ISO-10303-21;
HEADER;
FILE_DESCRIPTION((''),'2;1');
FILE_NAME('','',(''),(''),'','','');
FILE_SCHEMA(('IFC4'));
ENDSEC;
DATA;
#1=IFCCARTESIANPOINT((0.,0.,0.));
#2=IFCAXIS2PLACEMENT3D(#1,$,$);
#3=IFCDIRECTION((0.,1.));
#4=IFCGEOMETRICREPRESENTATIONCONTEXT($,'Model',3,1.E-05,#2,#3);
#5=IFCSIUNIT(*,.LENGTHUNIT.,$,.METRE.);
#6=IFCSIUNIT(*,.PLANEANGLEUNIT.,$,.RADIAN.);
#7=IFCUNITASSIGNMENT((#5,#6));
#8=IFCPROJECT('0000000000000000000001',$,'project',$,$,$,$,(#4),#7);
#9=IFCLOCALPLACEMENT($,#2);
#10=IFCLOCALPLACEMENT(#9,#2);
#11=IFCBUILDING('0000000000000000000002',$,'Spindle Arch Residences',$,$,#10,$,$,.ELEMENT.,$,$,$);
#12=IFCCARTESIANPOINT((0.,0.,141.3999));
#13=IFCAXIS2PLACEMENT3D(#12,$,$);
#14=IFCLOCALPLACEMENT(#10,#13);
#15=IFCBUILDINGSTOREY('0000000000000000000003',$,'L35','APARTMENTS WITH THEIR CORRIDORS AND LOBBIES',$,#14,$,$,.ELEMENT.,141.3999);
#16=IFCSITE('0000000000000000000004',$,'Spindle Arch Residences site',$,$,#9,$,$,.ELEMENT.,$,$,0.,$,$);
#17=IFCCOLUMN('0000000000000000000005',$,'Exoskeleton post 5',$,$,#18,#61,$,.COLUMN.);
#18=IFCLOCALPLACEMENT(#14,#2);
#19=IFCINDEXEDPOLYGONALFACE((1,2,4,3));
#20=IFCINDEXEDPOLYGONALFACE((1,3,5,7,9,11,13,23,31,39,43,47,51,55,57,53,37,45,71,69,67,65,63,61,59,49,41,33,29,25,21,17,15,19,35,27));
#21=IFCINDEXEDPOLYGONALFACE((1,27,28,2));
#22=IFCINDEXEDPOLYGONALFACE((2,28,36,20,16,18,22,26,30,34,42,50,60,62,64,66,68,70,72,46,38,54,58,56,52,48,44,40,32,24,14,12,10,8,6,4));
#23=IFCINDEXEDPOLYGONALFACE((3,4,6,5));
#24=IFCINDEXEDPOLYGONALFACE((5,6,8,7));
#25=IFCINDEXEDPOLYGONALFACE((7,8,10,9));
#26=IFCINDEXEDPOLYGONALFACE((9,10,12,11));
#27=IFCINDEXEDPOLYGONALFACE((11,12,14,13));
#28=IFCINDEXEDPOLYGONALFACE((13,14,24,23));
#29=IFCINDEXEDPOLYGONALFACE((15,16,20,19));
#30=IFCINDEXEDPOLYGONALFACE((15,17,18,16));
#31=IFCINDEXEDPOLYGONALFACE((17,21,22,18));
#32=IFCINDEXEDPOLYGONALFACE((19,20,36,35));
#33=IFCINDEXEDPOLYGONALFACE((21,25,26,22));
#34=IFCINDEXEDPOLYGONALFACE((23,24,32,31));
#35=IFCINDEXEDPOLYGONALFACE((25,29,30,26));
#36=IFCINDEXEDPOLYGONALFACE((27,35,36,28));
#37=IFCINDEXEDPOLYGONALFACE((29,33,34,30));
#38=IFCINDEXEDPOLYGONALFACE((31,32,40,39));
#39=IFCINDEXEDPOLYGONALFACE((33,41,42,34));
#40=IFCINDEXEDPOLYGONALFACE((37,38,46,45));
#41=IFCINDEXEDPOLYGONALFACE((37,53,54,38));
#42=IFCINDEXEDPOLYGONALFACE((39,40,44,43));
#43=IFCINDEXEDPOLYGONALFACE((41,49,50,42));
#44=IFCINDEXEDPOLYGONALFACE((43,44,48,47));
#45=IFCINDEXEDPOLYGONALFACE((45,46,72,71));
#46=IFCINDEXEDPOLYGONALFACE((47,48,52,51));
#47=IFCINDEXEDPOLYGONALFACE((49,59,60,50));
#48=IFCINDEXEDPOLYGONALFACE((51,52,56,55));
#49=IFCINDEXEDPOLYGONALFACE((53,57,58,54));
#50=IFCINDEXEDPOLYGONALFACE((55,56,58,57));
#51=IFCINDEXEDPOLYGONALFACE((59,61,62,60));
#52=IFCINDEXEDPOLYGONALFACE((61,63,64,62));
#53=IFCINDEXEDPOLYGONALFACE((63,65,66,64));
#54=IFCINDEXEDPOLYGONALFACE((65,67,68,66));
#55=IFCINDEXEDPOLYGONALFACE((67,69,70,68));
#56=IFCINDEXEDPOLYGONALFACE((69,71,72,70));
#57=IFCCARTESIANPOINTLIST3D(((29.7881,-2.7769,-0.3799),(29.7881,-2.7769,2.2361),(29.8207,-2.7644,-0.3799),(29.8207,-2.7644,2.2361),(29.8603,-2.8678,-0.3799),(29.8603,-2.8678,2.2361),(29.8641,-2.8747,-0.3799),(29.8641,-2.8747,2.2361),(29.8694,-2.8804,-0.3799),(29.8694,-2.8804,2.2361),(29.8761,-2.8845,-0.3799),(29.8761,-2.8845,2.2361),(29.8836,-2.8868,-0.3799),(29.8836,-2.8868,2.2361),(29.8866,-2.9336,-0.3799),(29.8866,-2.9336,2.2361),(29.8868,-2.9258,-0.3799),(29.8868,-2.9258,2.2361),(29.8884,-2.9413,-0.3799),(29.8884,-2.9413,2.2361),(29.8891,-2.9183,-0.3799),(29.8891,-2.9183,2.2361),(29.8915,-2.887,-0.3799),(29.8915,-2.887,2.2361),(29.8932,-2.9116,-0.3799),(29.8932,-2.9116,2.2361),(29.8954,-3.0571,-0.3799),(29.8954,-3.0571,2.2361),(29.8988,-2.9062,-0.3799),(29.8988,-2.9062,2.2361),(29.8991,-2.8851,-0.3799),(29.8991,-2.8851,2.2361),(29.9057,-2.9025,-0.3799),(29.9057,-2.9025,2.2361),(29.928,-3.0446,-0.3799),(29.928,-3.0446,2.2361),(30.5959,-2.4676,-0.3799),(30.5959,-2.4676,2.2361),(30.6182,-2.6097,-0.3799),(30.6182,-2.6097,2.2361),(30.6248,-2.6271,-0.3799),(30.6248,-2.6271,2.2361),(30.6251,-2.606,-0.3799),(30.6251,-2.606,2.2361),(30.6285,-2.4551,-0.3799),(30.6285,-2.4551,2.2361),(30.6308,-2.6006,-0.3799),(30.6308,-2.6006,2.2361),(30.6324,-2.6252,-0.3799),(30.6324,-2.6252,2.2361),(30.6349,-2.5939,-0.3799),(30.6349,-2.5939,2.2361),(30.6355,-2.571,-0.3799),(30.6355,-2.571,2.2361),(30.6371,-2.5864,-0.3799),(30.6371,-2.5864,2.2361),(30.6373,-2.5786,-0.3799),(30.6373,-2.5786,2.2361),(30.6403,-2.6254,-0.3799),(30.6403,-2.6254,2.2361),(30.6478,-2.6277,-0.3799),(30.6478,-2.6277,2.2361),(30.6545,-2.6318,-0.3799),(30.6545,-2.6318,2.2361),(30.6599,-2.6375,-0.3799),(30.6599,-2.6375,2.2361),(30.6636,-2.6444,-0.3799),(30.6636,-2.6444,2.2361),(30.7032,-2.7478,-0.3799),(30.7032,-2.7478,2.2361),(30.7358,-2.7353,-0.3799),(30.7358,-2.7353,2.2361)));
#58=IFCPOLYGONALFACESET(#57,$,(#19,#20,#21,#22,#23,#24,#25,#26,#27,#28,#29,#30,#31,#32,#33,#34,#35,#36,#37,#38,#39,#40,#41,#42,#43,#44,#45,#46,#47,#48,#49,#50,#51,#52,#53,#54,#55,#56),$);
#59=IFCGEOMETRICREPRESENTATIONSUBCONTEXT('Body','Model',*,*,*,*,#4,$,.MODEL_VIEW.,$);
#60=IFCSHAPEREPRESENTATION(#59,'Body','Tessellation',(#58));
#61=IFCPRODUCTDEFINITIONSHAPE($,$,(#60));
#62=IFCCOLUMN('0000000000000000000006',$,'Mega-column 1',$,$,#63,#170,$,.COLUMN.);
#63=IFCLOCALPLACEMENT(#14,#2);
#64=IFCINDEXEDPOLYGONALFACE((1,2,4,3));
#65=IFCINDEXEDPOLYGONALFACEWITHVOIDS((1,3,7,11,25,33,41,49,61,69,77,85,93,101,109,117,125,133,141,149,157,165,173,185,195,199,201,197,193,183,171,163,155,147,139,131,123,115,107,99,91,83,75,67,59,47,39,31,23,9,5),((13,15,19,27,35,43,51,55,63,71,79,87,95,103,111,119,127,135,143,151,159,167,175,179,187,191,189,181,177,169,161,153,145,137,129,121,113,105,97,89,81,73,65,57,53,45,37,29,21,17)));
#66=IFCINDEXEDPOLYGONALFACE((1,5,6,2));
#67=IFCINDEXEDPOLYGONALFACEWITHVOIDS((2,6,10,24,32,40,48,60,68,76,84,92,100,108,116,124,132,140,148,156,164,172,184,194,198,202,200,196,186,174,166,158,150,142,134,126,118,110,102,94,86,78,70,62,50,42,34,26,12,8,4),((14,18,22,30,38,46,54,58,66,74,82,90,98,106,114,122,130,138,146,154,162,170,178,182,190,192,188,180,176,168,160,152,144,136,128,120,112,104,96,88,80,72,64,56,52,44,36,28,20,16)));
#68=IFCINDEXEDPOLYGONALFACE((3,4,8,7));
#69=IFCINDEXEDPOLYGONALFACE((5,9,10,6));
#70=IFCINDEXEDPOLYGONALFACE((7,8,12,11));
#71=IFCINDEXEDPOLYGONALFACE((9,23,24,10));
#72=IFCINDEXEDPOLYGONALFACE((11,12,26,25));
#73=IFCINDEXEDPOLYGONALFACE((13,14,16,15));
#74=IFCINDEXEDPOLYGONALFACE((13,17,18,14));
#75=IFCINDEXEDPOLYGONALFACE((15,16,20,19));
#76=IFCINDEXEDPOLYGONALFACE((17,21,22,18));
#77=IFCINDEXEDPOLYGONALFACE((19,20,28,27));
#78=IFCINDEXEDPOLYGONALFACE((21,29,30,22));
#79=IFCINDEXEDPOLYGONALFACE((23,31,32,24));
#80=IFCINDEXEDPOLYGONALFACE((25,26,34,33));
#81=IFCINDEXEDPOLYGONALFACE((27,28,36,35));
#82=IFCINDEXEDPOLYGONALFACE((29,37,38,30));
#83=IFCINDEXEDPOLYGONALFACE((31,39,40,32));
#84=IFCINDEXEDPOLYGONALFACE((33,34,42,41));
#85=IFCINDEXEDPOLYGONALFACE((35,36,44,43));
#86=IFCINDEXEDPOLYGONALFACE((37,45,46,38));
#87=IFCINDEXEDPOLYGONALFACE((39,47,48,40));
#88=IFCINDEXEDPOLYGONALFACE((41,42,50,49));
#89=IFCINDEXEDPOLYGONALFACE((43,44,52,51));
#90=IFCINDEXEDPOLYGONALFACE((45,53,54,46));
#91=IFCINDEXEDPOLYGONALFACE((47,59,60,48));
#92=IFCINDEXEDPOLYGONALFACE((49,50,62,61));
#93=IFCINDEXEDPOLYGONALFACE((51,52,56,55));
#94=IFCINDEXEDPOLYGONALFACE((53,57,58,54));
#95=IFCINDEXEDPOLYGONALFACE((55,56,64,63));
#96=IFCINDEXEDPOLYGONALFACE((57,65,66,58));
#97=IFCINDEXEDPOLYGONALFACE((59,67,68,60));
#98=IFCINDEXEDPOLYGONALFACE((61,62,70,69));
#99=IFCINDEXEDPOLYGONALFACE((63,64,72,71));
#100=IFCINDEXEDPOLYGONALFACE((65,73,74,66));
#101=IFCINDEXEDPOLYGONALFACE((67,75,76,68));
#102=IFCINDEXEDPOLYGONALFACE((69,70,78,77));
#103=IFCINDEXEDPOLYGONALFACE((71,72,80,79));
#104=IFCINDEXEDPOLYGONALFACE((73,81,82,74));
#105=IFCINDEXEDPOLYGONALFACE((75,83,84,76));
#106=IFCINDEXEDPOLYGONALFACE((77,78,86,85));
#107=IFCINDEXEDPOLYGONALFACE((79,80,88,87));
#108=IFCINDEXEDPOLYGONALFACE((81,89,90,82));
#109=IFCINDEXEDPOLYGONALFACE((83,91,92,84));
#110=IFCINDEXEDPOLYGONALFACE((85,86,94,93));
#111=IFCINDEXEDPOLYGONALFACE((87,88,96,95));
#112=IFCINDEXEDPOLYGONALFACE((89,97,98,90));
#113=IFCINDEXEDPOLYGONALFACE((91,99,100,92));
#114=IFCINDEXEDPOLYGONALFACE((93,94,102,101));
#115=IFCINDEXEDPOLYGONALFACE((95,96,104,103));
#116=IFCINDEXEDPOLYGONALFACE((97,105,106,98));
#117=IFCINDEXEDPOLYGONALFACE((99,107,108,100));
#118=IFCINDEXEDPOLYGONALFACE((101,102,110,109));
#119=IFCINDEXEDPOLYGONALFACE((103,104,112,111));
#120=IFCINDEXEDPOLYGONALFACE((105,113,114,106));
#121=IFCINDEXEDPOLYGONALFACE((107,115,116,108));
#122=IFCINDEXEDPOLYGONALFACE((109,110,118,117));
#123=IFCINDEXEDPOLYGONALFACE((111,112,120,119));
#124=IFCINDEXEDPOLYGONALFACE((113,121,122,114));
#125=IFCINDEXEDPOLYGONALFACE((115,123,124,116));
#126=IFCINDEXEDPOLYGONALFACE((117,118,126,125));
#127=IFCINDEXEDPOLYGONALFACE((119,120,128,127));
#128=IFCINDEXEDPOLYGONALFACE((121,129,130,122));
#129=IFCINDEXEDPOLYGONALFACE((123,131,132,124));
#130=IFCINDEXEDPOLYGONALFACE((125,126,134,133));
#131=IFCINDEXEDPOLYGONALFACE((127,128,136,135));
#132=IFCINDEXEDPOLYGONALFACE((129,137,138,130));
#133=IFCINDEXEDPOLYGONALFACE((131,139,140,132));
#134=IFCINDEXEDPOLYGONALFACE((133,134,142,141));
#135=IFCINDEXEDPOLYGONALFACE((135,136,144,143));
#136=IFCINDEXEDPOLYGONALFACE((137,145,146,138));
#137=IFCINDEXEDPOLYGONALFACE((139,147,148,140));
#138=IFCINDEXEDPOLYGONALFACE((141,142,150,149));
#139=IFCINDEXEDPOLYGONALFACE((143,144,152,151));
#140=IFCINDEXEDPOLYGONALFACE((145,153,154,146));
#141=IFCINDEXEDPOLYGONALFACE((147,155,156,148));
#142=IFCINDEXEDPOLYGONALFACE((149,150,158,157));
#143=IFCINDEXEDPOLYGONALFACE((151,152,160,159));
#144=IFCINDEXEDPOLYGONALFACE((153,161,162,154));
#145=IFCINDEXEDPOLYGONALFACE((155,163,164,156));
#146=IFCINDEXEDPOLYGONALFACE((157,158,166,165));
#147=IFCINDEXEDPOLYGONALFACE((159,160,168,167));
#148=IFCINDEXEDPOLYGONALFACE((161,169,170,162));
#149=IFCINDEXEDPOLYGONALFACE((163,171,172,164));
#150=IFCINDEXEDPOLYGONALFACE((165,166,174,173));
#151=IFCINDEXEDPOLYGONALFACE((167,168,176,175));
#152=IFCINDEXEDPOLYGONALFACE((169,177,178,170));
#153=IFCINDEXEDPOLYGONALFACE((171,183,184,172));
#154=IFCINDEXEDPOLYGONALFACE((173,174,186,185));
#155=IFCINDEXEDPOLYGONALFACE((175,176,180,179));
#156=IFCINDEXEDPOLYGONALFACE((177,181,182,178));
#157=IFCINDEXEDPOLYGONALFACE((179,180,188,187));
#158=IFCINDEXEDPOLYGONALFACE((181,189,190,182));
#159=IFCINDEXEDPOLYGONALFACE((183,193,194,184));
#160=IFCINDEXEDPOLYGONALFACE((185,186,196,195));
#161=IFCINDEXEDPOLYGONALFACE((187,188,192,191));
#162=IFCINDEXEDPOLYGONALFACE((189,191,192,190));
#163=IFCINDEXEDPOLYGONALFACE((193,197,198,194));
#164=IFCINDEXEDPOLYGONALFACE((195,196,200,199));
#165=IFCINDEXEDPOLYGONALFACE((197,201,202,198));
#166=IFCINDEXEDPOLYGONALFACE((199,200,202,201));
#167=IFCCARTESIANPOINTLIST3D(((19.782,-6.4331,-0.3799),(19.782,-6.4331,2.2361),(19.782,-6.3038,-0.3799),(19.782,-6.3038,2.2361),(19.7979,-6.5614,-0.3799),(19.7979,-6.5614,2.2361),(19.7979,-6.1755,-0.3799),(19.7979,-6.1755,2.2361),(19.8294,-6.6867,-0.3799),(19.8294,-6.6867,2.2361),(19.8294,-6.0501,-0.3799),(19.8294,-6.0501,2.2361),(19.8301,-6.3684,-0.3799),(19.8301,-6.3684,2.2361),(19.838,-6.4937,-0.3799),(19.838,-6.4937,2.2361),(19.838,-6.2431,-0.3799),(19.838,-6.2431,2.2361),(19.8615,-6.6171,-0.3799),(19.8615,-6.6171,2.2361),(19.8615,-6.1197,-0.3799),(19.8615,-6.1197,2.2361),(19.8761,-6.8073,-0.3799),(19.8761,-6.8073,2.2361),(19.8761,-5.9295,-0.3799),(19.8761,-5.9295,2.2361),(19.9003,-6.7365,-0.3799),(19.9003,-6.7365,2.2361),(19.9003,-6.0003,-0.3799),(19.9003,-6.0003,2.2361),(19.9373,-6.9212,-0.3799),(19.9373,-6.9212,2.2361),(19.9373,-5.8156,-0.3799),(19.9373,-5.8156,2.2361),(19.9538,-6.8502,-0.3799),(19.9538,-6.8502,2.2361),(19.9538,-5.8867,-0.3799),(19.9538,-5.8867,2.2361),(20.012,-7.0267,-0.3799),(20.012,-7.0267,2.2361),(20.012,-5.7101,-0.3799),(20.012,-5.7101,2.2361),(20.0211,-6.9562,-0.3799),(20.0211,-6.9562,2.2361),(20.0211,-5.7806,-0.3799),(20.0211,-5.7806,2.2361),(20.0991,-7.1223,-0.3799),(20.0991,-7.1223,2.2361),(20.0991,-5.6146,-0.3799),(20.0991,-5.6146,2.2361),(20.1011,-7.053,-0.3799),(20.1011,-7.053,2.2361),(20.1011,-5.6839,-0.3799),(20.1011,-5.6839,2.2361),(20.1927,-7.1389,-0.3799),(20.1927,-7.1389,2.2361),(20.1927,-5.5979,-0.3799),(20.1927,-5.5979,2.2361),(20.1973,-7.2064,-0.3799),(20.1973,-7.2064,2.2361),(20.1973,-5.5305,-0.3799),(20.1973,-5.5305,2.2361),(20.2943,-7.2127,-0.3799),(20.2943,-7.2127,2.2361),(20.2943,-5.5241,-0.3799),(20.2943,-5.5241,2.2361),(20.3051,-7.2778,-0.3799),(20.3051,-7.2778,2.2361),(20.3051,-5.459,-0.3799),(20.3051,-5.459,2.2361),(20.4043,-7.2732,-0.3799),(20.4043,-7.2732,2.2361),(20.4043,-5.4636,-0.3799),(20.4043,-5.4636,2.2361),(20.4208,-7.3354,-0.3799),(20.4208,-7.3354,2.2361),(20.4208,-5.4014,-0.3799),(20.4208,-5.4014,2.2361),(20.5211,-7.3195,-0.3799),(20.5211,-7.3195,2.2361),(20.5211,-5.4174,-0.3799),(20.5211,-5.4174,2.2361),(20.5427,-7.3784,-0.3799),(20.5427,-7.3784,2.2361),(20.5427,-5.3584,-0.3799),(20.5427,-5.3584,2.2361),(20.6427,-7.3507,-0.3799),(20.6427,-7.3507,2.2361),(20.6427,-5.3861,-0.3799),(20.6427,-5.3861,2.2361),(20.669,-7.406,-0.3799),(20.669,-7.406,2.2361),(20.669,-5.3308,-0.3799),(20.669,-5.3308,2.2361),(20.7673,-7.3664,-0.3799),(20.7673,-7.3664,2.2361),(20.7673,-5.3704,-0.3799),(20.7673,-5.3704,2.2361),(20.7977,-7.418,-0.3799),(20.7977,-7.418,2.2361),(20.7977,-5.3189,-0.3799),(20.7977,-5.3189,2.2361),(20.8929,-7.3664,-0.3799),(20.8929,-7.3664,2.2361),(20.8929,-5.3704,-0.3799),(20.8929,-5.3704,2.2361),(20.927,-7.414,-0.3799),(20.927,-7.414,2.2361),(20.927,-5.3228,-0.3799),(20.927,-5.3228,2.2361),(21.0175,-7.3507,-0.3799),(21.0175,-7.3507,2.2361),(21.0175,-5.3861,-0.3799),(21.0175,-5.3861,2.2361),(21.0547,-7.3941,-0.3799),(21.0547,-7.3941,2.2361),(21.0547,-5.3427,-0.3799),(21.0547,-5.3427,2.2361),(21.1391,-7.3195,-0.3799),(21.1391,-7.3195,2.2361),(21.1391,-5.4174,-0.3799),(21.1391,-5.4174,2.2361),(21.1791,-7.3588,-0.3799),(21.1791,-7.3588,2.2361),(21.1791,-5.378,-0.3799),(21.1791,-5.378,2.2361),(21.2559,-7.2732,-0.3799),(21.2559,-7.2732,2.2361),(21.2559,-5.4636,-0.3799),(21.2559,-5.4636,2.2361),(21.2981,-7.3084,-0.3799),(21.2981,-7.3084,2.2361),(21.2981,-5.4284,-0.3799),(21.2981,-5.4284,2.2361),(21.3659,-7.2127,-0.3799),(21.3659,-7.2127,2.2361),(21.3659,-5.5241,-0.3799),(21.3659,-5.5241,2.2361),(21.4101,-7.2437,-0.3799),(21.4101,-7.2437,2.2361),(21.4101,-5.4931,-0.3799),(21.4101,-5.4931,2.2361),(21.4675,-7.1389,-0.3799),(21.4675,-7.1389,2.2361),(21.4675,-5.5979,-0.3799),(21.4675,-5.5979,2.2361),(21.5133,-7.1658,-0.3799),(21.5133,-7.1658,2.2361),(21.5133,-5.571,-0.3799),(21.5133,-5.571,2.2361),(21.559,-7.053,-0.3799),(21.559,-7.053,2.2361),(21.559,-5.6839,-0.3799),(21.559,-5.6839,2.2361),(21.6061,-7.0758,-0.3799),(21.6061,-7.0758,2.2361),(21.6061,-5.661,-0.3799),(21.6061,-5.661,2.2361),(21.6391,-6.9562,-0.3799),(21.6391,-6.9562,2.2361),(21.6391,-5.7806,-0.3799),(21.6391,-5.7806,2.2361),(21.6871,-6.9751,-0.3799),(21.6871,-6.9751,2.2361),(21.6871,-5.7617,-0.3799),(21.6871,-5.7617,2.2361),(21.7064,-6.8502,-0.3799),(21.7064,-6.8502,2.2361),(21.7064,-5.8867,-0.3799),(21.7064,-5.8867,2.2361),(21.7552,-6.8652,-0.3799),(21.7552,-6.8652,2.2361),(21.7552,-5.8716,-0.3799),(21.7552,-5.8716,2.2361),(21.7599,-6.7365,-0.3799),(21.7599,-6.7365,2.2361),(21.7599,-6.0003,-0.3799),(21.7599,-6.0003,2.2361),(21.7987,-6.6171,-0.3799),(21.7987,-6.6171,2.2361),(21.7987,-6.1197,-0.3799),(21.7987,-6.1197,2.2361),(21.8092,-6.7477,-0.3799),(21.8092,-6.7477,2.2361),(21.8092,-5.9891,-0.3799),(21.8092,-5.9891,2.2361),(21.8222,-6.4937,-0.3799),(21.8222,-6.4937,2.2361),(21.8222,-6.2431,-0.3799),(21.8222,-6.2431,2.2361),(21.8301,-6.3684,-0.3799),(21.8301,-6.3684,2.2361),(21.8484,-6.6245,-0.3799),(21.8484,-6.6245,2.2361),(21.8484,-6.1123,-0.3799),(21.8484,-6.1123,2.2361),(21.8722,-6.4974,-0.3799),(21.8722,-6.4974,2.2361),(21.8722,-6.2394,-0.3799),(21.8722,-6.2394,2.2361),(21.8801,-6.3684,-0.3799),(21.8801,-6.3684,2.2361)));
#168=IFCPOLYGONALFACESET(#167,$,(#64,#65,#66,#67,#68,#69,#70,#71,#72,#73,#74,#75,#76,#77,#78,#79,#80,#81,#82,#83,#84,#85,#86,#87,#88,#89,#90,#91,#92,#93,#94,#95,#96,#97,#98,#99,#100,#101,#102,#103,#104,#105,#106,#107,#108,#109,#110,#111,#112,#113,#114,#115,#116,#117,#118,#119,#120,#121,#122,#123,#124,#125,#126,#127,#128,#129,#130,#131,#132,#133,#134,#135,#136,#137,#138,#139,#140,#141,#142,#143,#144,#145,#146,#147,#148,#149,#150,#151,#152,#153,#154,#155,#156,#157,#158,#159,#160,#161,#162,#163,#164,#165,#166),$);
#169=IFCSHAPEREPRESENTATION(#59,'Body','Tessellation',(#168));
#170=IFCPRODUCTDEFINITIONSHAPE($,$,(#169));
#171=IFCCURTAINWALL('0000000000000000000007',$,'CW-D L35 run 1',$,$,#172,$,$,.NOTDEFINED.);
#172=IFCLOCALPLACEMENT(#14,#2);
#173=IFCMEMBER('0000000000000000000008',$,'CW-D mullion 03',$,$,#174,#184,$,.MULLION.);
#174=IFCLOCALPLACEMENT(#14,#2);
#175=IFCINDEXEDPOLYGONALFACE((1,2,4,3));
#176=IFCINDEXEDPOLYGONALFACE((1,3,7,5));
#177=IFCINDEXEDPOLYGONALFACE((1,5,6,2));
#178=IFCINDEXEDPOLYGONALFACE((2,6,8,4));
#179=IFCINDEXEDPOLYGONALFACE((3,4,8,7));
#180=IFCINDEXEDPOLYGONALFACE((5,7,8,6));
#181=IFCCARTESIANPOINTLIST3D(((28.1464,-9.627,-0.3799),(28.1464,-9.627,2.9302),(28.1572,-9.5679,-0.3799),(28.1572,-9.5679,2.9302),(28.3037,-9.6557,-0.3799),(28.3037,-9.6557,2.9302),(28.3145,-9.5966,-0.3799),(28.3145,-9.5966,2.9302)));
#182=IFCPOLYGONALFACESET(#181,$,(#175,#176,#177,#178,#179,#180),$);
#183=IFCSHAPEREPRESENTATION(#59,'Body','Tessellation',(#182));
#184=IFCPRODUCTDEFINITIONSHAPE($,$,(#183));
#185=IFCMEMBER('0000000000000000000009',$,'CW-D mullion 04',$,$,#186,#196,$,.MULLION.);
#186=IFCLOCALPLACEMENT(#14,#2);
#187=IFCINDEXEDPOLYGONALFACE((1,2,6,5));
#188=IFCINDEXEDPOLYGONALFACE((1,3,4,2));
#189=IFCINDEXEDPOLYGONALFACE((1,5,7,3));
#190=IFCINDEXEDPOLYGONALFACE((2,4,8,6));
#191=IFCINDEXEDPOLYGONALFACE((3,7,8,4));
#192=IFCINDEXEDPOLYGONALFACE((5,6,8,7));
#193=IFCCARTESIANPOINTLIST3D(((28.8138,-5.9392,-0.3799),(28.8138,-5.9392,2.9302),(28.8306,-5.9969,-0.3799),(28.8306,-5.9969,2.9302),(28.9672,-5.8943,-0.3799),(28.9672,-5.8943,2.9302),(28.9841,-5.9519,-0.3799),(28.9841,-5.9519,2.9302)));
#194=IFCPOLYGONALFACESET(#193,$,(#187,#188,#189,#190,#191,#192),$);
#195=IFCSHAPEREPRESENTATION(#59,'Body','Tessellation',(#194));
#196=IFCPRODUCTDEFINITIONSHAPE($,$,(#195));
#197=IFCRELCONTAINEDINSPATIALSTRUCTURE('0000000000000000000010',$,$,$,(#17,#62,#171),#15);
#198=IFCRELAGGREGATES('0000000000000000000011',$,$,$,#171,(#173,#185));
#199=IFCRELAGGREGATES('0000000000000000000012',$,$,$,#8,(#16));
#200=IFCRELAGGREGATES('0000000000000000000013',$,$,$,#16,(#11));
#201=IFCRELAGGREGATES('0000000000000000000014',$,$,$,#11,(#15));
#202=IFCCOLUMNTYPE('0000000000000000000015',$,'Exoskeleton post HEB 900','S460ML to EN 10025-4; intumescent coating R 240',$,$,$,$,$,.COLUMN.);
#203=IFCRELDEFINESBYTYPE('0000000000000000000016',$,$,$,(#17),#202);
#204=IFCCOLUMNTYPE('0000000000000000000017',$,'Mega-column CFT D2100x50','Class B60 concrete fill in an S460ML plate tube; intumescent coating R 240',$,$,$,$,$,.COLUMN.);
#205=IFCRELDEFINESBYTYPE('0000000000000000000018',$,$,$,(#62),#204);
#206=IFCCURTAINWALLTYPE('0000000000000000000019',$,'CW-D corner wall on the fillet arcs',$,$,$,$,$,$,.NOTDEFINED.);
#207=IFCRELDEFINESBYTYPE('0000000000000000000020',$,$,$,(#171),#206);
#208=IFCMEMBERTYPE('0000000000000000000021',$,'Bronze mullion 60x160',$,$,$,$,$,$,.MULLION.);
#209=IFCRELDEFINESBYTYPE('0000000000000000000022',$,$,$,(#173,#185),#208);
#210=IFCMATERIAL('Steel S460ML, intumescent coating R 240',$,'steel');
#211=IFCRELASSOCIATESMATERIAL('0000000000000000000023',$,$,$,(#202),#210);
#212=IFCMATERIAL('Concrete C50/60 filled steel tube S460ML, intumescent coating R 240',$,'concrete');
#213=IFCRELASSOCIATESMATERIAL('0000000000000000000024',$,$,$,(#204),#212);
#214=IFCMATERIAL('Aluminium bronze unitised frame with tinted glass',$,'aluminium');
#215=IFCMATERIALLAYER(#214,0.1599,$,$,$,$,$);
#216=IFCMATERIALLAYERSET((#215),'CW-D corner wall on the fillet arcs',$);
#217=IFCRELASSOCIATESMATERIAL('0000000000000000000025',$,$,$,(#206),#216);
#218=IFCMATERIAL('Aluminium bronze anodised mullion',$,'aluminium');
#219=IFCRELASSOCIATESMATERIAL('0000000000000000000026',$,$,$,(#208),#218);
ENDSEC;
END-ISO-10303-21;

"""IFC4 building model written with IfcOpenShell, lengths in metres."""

from ifc_helpers import new_model, si_unit, direction, frame, origin, origin_2d, place, context, subcontext, project, spatial, rectangle, hollow_circle, i_section, extrude, material, layer, layer_set, material_profile, profile_set, type_object, element, aggregate, save


model = new_model("IFC4")

# Units and contexts
model_context = context("Model", 3, precision=1e-05, world=origin(), true_north=direction((0.0, 1.0)))
body_context = subcontext(model_context, "Body", "Model", "MODEL_VIEW")
ifc_project = project(units=[si_unit("LENGTHUNIT", "METRE"), si_unit("PLANEANGLEUNIT", "RADIAN")], contexts=[model_context])

# Site, building, storey
site_placement = place(None, origin())
site = spatial("IfcSite", under=ifc_project, at=site_placement, Name="Spindle Arch Residences site", CompositionType="ELEMENT", RefElevation=0.0)
building_placement = place(site_placement, origin())
building = spatial("IfcBuilding", under=site, at=building_placement, Name="Spindle Arch Residences", CompositionType="ELEMENT")
storey_placement = place(building_placement, frame((0.0, 0.0, 141.3999)))
storey = spatial("IfcBuildingStorey", under=building, at=storey_placement, Name="L35", Description="APARTMENTS WITH THEIR CORRIDORS AND LOBBIES", CompositionType="ELEMENT", Elevation=141.3999)

# Columns
ifc_material_1 = material(Name="Steel S460ML, intumescent coating R 240", Category="steel")
ifc_material_profile_1 = material_profile(ifc_material_1, i_section(OverallWidth=0.3, OverallDepth=0.8999, WebThickness=0.0186, FlangeThickness=0.0349, FilletRadius=0.03, at=origin_2d()), Name="HEB 900")
ifc_profile_set_1 = profile_set([ifc_material_profile_1], Name="Steel S460ML, intumescent coating R 240")
column_type_1 = type_object("IfcColumnType", Name="Exoskeleton post HEB 900", Description="S460ML to EN 10025-4; intumescent coating R 240", PredefinedType="COLUMN", material=ifc_profile_set_1)
column_1_placement = place(storey_placement, frame((30.262, -2.7561, -0.3799), z_axis=(0.0, 0.0, 1.0), x_axis=(0.357665, -0.93385, 0.0)))
element("IfcColumn", 1, at=column_1_placement, inside=storey, type_object=column_type_1, Name="Exoskeleton post 5", PredefinedType="COLUMN", context=body_context, shape_type="SweptSolid", body=[
    extrude(i_section(OverallWidth=0.3, OverallDepth=0.8999, WebThickness=0.0186, FlangeThickness=0.0349, FilletRadius=0.03, at=origin_2d()), origin(), (0.0, 0.0, 1.0), 2.616),
])
ifc_material_2 = material(Name="Concrete C50/60 filled steel tube S460ML, intumescent coating R 240", Category="concrete")
ifc_material_profile_2 = material_profile(ifc_material_2, hollow_circle(Radius=1.05, WallThickness=0.05, at=origin_2d()), Name="CFT D2100x50")
ifc_profile_set_2 = profile_set([ifc_material_profile_2], Name="Concrete C50/60 filled steel tube S460ML, intumescent coating R 240")
column_type_2 = type_object("IfcColumnType", Name="Mega-column CFT D2100x50", Description="Class B60 concrete fill in an S460ML plate tube; intumescent coating R 240", PredefinedType="COLUMN", material=ifc_profile_set_2)
column_2_placement = place(storey_placement, frame((20.8301, -6.3684, -0.3799), z_axis=(0.0, 0.0, 1.0), x_axis=(1.0, 0.0, 0.0)))
element("IfcColumn", 2, at=column_2_placement, inside=storey, type_object=column_type_2, Name="Mega-column 1", PredefinedType="COLUMN", context=body_context, shape_type="SweptSolid", body=[
    extrude(hollow_circle(Radius=1.05, WallThickness=0.05, at=origin_2d()), origin(), (0.0, 0.0, 1.0), 2.616),
])

# Curtain wall, members
ifc_material_3 = material(Name="Aluminium bronze unitised frame with tinted glass", Category="aluminium")
ifc_layer_1 = layer(ifc_material_3, 0.1599)
ifc_layer_set_1 = layer_set([ifc_layer_1], Name="CW-D corner wall on the fillet arcs")
curtain_wall_type = type_object("IfcCurtainWallType", Name="CW-D corner wall on the fillet arcs", PredefinedType="NOTDEFINED", material=ifc_layer_set_1)
curtain_wall_placement = place(storey_placement, origin())
curtain_wall = element("IfcCurtainWall", 3, at=curtain_wall_placement, inside=storey, type_object=curtain_wall_type, Name="CW-D L35 run 1", PredefinedType="NOTDEFINED")
ifc_material_4 = material(Name="Aluminium bronze anodised mullion", Category="aluminium")
ifc_material_profile_3 = material_profile(ifc_material_4, rectangle(XDim=0.1599, YDim=0.0601, at=origin_2d()), Name="MU 60x160")
ifc_profile_set_3 = profile_set([ifc_material_profile_3], Name="Aluminium bronze anodised mullion")
member_type_1 = type_object("IfcMemberType", Name="Bronze mullion 60x160", PredefinedType="MULLION", material=ifc_profile_set_3)
member_1_placement = place(storey_placement, frame((28.2305, -9.6118, -0.3799), z_axis=(0.0, 0.0, 1.0), x_axis=(-0.983781, 0.179375, 0.0)))
member_1 = element("IfcMember", 4, at=member_1_placement, type_object=member_type_1, Name="CW-D mullion 03", PredefinedType="MULLION", context=body_context, shape_type="SweptSolid", body=[
    extrude(rectangle(XDim=0.1599, YDim=0.0601, at=origin_2d()), origin(), (0.0, 0.0, 1.0), 3.3101),
])
member_2_placement = place(storey_placement, frame((28.8989, -5.9456, -0.3799), z_axis=(0.0, 0.0, 1.0), x_axis=(-0.959642, -0.281225, 0.0)))
member_2 = element("IfcMember", 5, at=member_2_placement, type_object=member_type_1, Name="CW-D mullion 04", PredefinedType="MULLION", context=body_context, shape_type="SweptSolid", body=[
    extrude(rectangle(XDim=0.1599, YDim=0.0601, at=origin_2d()), origin(), (0.0, 0.0, 1.0), 3.3101),
])

aggregate(curtain_wall, [member_1, member_2])

save(model, "model.ifc")
